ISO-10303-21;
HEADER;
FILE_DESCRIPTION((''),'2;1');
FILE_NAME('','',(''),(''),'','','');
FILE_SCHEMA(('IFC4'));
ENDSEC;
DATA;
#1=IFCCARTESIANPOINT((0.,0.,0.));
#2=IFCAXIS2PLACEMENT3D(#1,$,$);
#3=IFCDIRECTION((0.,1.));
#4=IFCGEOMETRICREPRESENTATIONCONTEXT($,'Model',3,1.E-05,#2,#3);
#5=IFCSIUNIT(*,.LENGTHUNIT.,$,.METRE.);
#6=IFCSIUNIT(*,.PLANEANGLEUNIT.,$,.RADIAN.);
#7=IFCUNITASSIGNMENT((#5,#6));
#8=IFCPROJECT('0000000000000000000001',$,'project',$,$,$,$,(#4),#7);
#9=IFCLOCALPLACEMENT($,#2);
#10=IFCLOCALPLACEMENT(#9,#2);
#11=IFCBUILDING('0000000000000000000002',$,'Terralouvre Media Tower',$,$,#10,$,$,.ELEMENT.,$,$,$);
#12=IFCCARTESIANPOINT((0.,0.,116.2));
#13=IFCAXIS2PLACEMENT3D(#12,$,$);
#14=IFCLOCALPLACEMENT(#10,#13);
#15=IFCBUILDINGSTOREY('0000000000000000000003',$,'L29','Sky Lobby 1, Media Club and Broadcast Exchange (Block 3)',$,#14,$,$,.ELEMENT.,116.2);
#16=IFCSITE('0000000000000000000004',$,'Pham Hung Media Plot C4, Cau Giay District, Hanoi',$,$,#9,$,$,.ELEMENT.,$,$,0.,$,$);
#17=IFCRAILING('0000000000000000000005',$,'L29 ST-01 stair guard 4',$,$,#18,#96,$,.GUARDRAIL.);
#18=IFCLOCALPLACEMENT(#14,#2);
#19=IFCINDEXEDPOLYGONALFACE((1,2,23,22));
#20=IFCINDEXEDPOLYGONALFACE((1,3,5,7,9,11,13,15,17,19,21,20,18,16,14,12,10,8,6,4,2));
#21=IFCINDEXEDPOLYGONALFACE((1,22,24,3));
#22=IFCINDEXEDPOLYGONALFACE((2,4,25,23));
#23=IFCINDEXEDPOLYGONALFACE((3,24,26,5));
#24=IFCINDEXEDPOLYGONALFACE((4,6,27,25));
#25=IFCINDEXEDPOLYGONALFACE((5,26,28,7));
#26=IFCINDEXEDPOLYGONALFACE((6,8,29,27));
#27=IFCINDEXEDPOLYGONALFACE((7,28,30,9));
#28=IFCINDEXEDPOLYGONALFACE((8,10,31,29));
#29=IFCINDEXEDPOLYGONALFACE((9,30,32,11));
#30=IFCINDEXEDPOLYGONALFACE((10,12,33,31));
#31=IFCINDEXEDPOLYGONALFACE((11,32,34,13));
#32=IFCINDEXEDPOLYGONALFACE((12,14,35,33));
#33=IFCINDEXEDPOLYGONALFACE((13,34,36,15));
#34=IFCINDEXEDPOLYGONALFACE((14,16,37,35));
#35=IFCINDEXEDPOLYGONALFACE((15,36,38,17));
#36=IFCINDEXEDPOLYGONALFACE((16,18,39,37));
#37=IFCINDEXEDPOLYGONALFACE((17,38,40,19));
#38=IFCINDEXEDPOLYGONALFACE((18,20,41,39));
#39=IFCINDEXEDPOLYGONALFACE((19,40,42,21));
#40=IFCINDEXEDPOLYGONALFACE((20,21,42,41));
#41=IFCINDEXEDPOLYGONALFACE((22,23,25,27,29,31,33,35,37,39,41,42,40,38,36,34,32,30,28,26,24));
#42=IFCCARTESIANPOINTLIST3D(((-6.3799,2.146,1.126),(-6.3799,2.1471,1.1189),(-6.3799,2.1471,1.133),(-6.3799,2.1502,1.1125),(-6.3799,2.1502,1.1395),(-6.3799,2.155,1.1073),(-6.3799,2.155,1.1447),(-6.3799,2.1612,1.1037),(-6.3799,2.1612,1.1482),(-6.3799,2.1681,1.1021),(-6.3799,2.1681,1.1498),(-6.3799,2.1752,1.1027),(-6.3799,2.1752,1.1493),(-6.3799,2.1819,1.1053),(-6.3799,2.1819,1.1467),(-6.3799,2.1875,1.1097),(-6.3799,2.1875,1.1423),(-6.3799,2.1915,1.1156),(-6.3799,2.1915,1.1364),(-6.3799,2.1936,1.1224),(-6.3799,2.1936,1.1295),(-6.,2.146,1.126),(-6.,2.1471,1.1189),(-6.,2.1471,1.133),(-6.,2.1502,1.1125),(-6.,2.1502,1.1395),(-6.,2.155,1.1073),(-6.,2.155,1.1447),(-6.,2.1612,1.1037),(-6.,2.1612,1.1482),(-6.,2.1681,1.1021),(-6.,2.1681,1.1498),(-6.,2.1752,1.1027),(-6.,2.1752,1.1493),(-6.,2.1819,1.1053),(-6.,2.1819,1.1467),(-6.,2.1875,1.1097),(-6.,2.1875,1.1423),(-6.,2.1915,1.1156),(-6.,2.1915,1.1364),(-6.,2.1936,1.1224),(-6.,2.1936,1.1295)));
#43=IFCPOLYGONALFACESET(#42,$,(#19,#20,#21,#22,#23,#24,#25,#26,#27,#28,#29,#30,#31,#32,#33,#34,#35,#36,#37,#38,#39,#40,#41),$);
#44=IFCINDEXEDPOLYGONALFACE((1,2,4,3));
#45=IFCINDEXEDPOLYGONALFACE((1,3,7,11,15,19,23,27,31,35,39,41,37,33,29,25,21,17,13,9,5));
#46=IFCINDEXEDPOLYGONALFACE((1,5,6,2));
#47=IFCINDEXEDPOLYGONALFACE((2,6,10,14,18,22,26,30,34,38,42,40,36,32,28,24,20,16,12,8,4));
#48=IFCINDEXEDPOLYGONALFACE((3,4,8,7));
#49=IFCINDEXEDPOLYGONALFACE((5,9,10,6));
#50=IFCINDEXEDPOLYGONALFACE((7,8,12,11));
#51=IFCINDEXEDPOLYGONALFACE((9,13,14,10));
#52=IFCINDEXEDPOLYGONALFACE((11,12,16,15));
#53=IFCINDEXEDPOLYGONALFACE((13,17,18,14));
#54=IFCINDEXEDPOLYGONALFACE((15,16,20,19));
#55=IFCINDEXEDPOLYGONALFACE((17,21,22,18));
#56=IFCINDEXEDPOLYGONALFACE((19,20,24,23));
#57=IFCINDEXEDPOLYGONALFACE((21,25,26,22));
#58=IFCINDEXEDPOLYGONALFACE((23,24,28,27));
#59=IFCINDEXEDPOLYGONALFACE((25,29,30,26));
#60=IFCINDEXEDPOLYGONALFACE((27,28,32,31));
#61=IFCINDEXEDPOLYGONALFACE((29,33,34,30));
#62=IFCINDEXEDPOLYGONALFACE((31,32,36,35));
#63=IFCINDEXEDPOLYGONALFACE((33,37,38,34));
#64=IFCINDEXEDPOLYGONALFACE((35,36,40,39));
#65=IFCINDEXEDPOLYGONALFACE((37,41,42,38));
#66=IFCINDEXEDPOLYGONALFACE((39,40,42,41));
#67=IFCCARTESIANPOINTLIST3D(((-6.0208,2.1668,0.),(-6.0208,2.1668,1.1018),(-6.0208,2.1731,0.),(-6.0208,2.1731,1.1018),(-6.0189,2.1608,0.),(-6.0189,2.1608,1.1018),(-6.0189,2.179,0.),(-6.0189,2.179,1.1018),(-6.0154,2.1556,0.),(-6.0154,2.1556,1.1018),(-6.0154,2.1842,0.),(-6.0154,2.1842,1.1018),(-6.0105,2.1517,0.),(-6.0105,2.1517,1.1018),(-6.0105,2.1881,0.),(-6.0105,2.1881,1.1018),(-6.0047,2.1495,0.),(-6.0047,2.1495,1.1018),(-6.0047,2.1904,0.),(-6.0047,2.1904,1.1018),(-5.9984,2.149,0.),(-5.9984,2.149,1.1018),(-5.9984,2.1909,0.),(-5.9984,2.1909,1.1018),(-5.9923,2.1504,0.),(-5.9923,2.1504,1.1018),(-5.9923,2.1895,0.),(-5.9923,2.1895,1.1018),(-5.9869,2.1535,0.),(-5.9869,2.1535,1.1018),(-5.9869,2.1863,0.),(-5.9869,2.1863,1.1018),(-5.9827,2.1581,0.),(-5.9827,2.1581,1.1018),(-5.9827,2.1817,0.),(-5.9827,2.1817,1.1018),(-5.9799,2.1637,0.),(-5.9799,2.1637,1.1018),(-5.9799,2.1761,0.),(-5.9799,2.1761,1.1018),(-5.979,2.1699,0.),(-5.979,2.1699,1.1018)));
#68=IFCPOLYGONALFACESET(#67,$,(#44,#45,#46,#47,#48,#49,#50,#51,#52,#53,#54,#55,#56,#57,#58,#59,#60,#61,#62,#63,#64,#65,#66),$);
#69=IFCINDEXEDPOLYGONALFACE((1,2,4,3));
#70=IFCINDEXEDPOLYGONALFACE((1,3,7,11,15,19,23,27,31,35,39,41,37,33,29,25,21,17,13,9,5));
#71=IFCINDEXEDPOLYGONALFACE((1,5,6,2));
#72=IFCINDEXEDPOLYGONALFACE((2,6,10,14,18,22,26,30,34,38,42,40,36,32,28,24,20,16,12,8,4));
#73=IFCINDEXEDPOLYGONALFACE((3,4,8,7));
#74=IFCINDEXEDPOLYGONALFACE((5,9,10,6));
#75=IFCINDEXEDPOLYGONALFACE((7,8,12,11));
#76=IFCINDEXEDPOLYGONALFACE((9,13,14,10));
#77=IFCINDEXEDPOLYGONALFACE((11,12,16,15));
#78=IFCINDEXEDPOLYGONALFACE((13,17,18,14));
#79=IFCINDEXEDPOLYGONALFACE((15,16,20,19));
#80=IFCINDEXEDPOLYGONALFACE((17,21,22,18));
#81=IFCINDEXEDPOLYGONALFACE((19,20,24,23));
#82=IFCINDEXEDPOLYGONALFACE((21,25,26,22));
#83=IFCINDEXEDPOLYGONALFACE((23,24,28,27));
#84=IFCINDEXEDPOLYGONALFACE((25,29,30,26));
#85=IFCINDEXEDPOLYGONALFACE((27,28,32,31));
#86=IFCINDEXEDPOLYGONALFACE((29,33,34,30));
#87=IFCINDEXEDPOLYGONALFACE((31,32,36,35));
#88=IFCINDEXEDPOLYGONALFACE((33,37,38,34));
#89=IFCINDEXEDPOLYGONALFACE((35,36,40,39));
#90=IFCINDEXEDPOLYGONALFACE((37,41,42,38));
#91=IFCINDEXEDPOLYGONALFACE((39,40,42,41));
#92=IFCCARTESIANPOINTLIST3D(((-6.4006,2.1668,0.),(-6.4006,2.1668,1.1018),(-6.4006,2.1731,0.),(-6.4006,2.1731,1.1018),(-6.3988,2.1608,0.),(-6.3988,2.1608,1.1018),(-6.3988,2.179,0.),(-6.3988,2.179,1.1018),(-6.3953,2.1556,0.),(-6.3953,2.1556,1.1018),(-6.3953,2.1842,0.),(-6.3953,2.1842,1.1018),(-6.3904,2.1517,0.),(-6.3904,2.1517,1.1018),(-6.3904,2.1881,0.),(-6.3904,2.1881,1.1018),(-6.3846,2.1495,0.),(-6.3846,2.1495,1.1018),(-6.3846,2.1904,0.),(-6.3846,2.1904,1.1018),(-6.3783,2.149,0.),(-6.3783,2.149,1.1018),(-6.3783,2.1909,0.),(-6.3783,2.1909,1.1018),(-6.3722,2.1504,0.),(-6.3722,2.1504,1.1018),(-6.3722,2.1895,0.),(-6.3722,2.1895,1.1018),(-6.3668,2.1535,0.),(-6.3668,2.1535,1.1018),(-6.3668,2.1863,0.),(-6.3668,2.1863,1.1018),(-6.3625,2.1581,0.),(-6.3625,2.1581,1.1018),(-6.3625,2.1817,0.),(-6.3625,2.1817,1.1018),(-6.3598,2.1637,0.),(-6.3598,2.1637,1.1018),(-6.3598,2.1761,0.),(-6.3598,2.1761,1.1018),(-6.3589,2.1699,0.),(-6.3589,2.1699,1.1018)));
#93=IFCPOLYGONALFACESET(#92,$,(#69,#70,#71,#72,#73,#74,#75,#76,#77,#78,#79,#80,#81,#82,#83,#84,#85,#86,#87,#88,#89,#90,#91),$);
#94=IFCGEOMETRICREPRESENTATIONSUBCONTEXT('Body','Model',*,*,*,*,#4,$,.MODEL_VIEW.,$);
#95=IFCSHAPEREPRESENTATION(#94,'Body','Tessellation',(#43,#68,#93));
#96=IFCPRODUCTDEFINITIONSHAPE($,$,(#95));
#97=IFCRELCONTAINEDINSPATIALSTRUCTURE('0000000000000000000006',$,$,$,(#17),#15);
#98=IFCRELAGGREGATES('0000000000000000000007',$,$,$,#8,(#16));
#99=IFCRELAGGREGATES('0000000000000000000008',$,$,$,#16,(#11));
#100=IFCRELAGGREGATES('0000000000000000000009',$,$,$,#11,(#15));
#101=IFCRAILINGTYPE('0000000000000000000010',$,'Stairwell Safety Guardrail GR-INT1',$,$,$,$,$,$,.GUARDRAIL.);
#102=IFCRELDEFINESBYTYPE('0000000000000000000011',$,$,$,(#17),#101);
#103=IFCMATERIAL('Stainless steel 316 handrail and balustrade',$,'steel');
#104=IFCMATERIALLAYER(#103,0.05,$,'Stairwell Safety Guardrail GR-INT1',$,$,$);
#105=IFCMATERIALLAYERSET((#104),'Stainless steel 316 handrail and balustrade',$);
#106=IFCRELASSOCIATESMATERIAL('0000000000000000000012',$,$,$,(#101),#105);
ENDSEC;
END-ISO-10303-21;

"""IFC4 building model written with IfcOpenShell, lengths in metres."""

from ifc_helpers import new_model, si_unit, direction, frame, origin, origin_2d, place, context, subcontext, project, spatial, circle, extrude, material, layer, layer_set, type_object, element, save


model = new_model("IFC4")

# Units and contexts
model_context = context("Model", 3, precision=1e-05, world=origin(), true_north=direction((0.0, 1.0)))
body_context = subcontext(model_context, "Body", "Model", "MODEL_VIEW")
ifc_project = project(units=[si_unit("LENGTHUNIT", "METRE"), si_unit("PLANEANGLEUNIT", "RADIAN")], contexts=[model_context])

# Site, building, storey
site_placement = place(None, origin())
site = spatial("IfcSite", under=ifc_project, at=site_placement, Name="Pham Hung Media Plot C4, Cau Giay District, Hanoi", CompositionType="ELEMENT", RefElevation=0.0)
building_placement = place(site_placement, origin())
building = spatial("IfcBuilding", under=site, at=building_placement, Name="Terralouvre Media Tower", CompositionType="ELEMENT")
storey_placement = place(building_placement, frame((0.0, 0.0, 116.2)))
storey = spatial("IfcBuildingStorey", under=building, at=storey_placement, Name="L29", Description="Sky Lobby 1, Media Club and Broadcast Exchange (Block 3)", CompositionType="ELEMENT", Elevation=116.2)

# Railing
ifc_material_1 = material(Name="Stainless steel 316 handrail and balustrade", Category="steel")
ifc_layer_1 = layer(ifc_material_1, 0.05, Name="Stairwell Safety Guardrail GR-INT1")
ifc_layer_set_1 = layer_set([ifc_layer_1], Name="Stainless steel 316 handrail and balustrade")
railing_type_1 = type_object("IfcRailingType", Name="Stairwell Safety Guardrail GR-INT1", PredefinedType="GUARDRAIL", material=ifc_layer_set_1)
railing_1_placement = place(storey_placement, frame((-6.0, 2.1699, 0.0)))
element("IfcRailing", 1, at=railing_1_placement, inside=storey, type_object=railing_type_1, Name="L29 ST-01 stair guard 4", PredefinedType="GUARDRAIL", context=body_context, shape_type="SweptSolid", body=[
    extrude(circle(Radius=0.0239, at=origin_2d()), frame((0.0, 0.0, 1.126), z_axis=(-1.0, 0.0, 0.0), x_axis=(0.0, -1.0, 0.0)), (0.0, 0.0, 1.0), 0.3799),
    extrude(circle(Radius=0.021, at=origin_2d()), origin(), (0.0, 0.0, 1.0), 1.1018),
    extrude(circle(Radius=0.021, at=origin_2d()), frame((-0.3799, 0.0, 0.0)), (0.0, 0.0, 1.0), 1.1018),
])

save(model, "model.ifc")
